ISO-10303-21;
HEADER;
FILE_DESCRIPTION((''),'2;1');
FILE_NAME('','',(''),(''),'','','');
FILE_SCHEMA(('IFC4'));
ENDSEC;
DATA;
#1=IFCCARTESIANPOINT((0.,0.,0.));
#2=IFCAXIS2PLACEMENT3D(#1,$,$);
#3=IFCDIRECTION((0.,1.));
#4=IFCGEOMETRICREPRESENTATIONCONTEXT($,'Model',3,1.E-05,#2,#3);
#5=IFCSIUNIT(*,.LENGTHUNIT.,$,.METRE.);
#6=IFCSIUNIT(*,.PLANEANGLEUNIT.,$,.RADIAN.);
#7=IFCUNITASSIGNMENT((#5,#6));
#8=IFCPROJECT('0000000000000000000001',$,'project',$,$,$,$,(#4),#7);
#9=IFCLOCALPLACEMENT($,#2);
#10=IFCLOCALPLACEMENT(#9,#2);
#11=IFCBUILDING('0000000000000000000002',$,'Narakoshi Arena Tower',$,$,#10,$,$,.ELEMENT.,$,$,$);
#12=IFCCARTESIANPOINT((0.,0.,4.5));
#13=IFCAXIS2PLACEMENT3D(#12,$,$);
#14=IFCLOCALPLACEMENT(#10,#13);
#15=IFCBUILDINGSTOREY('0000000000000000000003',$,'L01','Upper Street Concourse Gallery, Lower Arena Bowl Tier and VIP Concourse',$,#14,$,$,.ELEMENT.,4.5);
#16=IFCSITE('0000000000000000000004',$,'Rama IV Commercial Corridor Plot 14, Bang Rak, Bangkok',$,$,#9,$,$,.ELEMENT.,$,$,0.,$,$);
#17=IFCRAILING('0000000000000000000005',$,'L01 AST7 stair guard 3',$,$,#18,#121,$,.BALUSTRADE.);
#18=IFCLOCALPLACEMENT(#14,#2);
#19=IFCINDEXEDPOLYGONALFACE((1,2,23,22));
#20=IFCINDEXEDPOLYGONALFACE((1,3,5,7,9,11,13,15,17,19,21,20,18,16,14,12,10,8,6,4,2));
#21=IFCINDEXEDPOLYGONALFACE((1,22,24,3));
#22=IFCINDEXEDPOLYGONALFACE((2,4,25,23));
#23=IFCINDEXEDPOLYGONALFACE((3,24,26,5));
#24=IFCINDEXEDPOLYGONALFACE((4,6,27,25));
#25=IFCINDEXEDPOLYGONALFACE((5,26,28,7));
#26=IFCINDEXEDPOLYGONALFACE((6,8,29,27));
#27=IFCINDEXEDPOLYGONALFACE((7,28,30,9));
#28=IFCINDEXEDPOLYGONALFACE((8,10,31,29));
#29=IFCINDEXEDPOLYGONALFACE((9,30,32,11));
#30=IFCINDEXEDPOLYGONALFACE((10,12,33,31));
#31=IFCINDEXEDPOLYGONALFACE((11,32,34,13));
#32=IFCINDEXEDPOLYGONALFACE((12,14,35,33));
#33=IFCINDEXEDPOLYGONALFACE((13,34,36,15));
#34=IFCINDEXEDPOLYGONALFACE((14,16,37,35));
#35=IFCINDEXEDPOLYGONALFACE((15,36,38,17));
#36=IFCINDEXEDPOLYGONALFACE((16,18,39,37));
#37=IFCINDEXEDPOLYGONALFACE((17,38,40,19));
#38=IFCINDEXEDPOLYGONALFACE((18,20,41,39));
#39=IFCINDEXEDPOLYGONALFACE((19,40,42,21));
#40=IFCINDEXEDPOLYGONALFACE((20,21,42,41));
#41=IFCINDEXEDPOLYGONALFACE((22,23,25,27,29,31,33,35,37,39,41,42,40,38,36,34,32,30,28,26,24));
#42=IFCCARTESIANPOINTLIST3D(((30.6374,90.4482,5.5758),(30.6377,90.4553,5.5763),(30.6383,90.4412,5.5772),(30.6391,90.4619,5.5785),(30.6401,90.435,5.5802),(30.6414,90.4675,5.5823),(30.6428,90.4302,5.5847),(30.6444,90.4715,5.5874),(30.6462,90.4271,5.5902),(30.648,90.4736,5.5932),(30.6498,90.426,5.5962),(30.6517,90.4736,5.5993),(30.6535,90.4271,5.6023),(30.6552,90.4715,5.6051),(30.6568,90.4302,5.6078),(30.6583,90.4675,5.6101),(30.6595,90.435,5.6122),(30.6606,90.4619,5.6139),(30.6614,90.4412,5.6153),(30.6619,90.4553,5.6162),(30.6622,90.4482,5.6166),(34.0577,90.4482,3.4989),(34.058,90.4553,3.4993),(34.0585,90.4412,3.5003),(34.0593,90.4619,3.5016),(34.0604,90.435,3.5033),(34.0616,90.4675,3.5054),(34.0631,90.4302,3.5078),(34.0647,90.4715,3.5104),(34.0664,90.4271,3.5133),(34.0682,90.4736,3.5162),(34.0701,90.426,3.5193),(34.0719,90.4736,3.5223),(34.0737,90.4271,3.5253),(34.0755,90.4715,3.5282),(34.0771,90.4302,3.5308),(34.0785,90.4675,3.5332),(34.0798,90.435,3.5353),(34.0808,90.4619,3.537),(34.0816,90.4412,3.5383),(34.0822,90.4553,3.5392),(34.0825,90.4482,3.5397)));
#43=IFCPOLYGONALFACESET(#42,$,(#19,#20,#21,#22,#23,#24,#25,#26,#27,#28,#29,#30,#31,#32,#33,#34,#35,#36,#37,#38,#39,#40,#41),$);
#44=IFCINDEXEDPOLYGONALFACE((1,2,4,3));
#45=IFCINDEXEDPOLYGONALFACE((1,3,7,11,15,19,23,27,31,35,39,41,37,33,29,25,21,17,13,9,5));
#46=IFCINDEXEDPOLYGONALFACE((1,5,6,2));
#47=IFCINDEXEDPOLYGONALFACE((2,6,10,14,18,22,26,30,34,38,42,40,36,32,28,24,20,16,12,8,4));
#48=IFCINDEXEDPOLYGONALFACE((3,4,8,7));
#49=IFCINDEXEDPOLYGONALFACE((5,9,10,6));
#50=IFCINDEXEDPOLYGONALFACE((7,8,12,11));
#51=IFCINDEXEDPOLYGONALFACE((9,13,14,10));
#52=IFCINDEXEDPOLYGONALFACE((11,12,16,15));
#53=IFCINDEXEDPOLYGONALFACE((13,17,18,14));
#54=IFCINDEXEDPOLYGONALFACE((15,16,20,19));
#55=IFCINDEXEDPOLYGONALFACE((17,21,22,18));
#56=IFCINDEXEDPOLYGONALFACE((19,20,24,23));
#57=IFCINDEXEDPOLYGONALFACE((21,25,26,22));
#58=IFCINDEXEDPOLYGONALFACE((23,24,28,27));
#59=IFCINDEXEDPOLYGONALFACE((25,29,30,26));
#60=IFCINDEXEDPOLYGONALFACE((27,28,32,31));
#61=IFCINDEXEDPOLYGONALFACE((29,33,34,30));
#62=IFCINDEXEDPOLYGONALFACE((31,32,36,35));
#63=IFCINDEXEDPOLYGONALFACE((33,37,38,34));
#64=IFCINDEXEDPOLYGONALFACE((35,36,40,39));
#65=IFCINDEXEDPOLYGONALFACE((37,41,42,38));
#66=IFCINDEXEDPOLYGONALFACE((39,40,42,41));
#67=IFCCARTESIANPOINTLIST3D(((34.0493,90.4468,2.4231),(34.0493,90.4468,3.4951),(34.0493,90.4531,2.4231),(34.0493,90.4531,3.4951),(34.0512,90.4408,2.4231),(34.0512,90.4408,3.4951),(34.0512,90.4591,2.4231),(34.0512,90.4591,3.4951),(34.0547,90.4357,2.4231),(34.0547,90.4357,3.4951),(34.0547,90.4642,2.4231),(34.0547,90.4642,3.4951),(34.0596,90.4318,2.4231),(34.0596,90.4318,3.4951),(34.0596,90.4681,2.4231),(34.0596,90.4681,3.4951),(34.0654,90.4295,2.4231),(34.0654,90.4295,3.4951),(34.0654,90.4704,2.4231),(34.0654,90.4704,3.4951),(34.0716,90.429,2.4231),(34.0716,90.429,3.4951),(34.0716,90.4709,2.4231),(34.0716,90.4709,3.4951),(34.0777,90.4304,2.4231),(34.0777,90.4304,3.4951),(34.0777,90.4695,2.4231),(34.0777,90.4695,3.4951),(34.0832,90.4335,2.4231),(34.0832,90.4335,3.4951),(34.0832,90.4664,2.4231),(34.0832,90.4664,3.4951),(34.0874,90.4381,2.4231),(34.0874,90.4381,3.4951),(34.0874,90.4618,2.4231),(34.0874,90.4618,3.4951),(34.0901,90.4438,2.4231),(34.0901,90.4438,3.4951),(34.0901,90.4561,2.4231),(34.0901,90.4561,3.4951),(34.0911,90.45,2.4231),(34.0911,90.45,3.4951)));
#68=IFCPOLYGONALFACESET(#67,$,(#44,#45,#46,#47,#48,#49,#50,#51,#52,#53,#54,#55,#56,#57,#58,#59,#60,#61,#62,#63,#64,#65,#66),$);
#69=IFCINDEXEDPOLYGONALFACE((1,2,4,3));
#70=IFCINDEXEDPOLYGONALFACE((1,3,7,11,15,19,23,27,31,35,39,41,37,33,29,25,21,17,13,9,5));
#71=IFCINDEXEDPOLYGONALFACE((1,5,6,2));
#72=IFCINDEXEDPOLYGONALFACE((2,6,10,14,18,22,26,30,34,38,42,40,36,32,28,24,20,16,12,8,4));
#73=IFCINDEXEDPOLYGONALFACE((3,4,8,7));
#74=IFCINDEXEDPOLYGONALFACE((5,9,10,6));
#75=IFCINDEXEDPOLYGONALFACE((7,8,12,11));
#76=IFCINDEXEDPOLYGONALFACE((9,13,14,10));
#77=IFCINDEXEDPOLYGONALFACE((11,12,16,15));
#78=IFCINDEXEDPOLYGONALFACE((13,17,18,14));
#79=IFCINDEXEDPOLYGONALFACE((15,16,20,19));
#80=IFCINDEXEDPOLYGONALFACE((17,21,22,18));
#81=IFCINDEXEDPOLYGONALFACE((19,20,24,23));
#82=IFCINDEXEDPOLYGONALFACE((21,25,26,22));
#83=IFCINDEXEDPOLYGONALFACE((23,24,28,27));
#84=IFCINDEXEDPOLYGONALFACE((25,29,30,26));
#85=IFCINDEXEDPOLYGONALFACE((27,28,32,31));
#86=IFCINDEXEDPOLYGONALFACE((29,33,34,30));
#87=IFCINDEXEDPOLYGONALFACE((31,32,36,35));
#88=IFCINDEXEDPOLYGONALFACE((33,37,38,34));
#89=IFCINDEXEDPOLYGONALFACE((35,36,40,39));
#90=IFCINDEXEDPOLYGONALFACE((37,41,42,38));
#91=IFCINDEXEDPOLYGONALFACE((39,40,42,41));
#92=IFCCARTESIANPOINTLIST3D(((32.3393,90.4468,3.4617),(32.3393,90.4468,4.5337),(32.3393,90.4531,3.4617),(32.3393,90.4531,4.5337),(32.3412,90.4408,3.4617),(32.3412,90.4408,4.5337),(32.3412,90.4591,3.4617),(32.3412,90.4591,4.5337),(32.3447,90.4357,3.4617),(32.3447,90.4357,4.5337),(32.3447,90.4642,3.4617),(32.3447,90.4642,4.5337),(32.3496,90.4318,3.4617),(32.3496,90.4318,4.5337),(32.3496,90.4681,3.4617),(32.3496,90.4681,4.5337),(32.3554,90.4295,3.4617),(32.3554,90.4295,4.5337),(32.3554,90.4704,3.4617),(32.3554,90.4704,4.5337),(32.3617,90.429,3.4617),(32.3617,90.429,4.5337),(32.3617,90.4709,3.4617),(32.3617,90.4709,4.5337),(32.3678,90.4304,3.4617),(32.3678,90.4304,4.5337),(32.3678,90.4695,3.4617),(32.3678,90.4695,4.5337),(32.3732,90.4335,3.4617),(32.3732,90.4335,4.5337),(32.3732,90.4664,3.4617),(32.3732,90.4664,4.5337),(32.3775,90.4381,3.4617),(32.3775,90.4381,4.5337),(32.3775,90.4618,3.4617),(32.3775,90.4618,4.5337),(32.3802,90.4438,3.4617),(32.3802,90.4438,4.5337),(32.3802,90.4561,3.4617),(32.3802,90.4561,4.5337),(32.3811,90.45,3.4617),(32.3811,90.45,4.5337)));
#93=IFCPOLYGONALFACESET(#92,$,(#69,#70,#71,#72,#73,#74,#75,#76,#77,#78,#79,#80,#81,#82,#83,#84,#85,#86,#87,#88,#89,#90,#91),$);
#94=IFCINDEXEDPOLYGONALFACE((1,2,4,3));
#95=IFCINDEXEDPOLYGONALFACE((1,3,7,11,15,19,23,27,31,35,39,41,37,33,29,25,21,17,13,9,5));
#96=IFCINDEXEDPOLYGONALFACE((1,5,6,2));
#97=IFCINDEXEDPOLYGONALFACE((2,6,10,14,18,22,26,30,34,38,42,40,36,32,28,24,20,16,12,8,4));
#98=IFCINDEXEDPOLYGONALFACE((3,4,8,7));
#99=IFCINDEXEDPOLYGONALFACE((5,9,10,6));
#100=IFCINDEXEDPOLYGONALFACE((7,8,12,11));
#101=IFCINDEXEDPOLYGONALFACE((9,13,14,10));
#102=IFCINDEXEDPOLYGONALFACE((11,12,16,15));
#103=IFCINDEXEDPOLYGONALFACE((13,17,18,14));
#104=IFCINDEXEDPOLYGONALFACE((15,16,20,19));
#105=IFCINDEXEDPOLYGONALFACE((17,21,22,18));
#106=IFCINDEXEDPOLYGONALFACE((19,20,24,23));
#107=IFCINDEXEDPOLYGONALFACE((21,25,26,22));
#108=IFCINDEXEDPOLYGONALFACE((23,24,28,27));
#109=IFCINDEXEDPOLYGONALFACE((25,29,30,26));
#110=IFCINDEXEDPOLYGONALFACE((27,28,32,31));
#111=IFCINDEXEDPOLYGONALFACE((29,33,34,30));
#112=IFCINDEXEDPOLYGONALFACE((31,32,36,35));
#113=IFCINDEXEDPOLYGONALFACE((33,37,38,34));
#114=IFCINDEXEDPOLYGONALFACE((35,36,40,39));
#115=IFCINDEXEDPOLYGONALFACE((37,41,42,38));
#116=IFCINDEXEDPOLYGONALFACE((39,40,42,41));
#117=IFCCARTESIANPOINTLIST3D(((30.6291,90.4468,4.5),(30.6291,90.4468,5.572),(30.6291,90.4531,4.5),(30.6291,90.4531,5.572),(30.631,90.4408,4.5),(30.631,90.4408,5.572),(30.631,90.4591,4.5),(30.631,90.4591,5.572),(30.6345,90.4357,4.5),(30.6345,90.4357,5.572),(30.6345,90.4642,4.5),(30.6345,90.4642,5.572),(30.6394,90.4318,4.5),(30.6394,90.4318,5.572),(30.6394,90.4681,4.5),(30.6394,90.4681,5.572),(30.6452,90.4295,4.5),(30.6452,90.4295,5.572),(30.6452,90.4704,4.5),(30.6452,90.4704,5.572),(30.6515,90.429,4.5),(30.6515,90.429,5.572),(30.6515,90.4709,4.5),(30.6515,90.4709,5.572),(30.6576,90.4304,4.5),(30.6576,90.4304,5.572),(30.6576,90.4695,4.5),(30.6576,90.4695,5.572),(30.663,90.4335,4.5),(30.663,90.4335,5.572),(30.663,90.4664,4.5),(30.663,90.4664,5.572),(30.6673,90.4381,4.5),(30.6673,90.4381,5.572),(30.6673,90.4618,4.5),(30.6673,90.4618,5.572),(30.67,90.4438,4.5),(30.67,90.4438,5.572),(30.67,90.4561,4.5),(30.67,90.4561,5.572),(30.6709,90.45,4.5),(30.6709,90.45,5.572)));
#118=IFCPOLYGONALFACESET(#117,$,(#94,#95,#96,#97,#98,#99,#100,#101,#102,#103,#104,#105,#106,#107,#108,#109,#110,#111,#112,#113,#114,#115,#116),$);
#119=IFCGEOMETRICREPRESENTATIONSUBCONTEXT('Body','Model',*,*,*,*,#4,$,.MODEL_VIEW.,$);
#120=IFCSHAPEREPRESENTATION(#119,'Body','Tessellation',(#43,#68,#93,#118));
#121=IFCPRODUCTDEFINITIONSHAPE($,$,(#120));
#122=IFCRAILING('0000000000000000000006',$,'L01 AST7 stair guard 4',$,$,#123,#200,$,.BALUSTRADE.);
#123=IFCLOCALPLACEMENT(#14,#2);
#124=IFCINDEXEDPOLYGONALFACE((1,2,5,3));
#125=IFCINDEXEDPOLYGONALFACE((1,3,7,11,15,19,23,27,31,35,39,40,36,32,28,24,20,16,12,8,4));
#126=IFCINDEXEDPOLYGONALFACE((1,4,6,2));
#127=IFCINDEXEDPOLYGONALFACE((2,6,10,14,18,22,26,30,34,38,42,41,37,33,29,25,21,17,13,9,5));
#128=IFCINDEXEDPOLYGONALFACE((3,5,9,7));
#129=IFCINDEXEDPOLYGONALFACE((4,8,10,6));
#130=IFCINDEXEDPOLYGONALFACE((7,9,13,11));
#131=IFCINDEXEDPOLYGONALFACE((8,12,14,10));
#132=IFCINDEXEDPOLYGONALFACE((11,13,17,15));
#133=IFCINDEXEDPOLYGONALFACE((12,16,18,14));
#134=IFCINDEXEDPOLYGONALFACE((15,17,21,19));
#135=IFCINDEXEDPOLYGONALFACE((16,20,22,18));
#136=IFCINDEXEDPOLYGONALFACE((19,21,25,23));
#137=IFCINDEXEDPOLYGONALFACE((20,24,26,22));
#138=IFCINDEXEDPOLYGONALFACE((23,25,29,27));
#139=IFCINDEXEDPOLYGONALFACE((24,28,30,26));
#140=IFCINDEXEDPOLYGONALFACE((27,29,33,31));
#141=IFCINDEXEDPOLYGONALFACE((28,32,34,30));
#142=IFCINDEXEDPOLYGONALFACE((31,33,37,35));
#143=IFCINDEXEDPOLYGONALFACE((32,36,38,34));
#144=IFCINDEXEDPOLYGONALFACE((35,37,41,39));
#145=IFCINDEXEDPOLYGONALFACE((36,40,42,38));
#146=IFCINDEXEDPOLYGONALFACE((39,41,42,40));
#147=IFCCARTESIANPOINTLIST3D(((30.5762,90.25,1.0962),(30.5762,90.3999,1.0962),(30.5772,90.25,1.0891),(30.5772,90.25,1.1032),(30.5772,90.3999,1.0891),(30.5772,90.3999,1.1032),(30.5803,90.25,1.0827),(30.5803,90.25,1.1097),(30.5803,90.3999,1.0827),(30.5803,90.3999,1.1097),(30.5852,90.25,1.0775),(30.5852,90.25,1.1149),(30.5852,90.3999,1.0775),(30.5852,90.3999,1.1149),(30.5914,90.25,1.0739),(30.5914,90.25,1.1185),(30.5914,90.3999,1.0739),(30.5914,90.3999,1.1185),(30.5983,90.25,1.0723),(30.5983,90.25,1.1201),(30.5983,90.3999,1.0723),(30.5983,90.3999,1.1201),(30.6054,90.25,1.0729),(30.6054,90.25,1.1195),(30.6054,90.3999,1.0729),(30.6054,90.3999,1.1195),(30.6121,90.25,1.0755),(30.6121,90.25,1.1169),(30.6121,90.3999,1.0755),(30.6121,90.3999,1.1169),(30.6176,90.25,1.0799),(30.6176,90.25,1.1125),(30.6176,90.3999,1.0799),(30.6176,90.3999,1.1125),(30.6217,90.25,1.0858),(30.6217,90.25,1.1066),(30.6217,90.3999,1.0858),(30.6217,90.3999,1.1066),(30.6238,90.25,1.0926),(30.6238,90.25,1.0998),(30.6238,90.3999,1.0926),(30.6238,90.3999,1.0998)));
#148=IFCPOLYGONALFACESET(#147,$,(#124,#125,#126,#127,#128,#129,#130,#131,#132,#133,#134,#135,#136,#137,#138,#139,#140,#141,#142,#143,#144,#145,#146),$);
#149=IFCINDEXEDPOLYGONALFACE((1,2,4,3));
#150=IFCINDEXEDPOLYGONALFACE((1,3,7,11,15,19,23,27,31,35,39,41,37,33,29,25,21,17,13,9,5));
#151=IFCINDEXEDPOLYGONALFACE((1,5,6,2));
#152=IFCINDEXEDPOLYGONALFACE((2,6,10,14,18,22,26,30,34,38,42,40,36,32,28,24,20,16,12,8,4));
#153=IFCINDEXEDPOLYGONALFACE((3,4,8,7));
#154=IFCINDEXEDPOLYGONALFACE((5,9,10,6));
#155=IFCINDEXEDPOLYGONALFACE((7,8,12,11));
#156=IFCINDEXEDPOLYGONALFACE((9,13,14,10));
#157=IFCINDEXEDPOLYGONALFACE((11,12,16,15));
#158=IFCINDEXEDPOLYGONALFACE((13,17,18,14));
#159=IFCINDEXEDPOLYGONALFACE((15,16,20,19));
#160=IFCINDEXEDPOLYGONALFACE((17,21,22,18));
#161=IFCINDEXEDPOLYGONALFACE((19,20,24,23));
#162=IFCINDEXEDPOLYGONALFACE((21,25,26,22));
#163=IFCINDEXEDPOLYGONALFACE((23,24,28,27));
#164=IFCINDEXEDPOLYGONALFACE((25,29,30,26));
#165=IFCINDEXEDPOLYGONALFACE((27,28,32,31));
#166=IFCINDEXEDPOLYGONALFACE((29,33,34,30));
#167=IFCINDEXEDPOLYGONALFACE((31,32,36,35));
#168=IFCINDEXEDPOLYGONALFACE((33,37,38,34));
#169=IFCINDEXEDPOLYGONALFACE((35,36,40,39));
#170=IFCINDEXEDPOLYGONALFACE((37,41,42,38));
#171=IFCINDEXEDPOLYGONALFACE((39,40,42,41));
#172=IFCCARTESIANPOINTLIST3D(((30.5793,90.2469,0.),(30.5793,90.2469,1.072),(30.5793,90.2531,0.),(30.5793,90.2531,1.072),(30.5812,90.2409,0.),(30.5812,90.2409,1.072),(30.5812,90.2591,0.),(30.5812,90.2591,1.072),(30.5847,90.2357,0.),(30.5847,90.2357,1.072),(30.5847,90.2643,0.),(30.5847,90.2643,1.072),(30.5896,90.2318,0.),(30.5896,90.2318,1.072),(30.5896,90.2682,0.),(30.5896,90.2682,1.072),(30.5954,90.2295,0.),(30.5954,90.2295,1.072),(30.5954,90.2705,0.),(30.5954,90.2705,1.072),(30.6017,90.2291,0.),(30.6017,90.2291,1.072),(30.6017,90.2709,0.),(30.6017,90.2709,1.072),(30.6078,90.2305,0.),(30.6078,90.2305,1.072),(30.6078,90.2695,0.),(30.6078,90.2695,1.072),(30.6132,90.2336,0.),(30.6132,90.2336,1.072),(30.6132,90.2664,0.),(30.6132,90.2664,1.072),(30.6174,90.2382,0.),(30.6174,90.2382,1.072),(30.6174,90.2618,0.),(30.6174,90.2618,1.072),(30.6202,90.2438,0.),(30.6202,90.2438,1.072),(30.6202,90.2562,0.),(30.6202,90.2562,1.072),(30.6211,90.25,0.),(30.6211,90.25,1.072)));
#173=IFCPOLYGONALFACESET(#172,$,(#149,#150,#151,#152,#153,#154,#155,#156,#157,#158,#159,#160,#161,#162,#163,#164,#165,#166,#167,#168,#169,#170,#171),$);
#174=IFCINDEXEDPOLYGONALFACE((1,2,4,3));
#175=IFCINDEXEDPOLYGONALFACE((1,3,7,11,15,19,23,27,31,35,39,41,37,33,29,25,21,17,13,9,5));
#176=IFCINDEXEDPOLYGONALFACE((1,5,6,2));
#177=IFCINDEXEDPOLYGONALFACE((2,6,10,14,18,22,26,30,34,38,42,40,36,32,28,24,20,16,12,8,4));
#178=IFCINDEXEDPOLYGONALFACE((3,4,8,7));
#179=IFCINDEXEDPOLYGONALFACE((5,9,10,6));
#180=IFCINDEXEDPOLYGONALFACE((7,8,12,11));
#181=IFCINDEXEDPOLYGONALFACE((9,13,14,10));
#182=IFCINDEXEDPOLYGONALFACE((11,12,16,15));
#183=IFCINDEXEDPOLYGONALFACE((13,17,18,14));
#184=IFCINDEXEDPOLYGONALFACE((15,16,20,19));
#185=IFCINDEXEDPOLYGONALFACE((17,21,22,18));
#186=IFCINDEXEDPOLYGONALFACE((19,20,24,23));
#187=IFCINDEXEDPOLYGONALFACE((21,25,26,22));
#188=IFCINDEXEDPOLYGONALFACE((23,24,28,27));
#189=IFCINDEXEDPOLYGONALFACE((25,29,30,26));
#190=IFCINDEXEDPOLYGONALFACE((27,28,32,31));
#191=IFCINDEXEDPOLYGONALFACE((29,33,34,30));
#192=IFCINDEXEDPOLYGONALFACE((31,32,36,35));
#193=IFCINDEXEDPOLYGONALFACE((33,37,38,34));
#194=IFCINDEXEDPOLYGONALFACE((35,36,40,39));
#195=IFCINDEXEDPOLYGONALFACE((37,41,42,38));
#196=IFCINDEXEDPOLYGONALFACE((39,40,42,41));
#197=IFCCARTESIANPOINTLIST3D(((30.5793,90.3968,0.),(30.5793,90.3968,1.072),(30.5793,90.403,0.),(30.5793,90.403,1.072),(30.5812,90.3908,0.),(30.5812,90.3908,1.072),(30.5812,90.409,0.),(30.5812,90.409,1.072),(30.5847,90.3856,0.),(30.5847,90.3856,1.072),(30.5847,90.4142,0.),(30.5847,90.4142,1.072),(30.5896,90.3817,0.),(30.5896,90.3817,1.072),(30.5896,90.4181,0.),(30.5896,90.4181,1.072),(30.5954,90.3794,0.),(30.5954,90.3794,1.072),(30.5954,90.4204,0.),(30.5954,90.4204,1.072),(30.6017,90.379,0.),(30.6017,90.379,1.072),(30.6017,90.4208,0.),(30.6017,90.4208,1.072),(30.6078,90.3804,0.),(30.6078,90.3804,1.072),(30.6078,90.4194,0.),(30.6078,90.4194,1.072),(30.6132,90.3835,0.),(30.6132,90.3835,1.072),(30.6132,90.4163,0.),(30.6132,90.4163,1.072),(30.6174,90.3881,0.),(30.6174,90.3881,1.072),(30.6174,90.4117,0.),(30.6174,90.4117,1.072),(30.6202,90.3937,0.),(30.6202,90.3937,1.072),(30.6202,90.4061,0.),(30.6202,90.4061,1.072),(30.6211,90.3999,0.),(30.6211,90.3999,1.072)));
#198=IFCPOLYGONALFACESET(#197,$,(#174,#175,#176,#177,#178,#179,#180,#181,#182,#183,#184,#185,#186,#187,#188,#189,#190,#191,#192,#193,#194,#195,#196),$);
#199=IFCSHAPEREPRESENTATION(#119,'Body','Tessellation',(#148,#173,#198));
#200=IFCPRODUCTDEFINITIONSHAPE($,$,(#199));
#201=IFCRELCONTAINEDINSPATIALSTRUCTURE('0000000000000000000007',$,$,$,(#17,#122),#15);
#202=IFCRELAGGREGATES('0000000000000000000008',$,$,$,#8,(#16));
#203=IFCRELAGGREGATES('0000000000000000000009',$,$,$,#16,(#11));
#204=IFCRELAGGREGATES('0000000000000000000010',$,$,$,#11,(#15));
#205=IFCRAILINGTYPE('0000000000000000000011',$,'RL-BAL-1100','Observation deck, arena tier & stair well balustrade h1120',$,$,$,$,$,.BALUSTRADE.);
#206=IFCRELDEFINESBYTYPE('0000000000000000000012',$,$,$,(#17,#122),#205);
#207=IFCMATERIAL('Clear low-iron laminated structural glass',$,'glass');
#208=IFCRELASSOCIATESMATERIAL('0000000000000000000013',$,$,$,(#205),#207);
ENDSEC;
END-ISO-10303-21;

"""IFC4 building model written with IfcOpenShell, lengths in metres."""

from ifc_helpers import new_model, si_unit, direction, frame, origin, origin_2d, place, context, subcontext, project, spatial, circle, extrude, material, type_object, element, save


model = new_model("IFC4")

# Units and contexts
model_context = context("Model", 3, precision=1e-05, world=origin(), true_north=direction((0.0, 1.0)))
body_context = subcontext(model_context, "Body", "Model", "MODEL_VIEW")
ifc_project = project(units=[si_unit("LENGTHUNIT", "METRE"), si_unit("PLANEANGLEUNIT", "RADIAN")], contexts=[model_context])

# Site, building, storey
site_placement = place(None, origin())
site = spatial("IfcSite", under=ifc_project, at=site_placement, Name="Rama IV Commercial Corridor Plot 14, Bang Rak, Bangkok", CompositionType="ELEMENT", RefElevation=0.0)
building_placement = place(site_placement, origin())
building = spatial("IfcBuilding", under=site, at=building_placement, Name="Narakoshi Arena Tower", CompositionType="ELEMENT")
storey_placement = place(building_placement, frame((0.0, 0.0, 4.5)))
storey = spatial("IfcBuildingStorey", under=building, at=storey_placement, Name="L01", Description="Upper Street Concourse Gallery, Lower Arena Bowl Tier and VIP Concourse", CompositionType="ELEMENT", Elevation=4.5)

# Railings
ifc_material_1 = material(Name="Clear low-iron laminated structural glass", Category="glass")
railing_type_1 = type_object("IfcRailingType", Name="RL-BAL-1100", Description="Observation deck, arena tier & stair well balustrade h1120", PredefinedType="BALUSTRADE", material=ifc_material_1)
railing_1_placement = place(storey_placement, frame((34.0701, 90.45, 2.4231)))
element("IfcRailing", 1, at=railing_1_placement, inside=storey, type_object=railing_type_1, Name="L01 AST7 stair guard 3", PredefinedType="BALUSTRADE", context=body_context, shape_type="SweptSolid", body=[
    extrude(circle(Radius=0.0239, at=origin_2d()), frame((0.0, 0.0, 1.0962), z_axis=(-0.854746, 0.0, 0.519047), x_axis=(0.0, -1.0, 0.0)), (0.0, 0.0, 1.0), 4.0015),
    extrude(circle(Radius=0.021, at=origin_2d()), origin(), (0.0, 0.0, 1.0), 1.072),
    extrude(circle(Radius=0.021, at=origin_2d()), frame((-1.71, 0.0, 1.0386)), (0.0, 0.0, 1.0), 1.072),
    extrude(circle(Radius=0.021, at=origin_2d()), frame((-3.4202, 0.0, 2.0769)), (0.0, 0.0, 1.0), 1.072),
])
railing_2_placement = place(storey_placement, frame((30.6001, 90.25, 0.0)))
element("IfcRailing", 2, at=railing_2_placement, inside=storey, type_object=railing_type_1, Name="L01 AST7 stair guard 4", PredefinedType="BALUSTRADE", context=body_context, shape_type="SweptSolid", body=[
    extrude(circle(Radius=0.0239, at=origin_2d()), frame((0.0, 0.0, 1.0962), z_axis=(0.0, 1.0, 0.0), x_axis=(-1.0, 0.0, 0.0)), (0.0, 0.0, 1.0), 0.1499),
    extrude(circle(Radius=0.021, at=origin_2d()), origin(), (0.0, 0.0, 1.0), 1.072),
    extrude(circle(Radius=0.021, at=origin_2d()), frame((0.0, 0.1499, 0.0)), (0.0, 0.0, 1.0), 1.072),
])

save(model, "model.ifc")
